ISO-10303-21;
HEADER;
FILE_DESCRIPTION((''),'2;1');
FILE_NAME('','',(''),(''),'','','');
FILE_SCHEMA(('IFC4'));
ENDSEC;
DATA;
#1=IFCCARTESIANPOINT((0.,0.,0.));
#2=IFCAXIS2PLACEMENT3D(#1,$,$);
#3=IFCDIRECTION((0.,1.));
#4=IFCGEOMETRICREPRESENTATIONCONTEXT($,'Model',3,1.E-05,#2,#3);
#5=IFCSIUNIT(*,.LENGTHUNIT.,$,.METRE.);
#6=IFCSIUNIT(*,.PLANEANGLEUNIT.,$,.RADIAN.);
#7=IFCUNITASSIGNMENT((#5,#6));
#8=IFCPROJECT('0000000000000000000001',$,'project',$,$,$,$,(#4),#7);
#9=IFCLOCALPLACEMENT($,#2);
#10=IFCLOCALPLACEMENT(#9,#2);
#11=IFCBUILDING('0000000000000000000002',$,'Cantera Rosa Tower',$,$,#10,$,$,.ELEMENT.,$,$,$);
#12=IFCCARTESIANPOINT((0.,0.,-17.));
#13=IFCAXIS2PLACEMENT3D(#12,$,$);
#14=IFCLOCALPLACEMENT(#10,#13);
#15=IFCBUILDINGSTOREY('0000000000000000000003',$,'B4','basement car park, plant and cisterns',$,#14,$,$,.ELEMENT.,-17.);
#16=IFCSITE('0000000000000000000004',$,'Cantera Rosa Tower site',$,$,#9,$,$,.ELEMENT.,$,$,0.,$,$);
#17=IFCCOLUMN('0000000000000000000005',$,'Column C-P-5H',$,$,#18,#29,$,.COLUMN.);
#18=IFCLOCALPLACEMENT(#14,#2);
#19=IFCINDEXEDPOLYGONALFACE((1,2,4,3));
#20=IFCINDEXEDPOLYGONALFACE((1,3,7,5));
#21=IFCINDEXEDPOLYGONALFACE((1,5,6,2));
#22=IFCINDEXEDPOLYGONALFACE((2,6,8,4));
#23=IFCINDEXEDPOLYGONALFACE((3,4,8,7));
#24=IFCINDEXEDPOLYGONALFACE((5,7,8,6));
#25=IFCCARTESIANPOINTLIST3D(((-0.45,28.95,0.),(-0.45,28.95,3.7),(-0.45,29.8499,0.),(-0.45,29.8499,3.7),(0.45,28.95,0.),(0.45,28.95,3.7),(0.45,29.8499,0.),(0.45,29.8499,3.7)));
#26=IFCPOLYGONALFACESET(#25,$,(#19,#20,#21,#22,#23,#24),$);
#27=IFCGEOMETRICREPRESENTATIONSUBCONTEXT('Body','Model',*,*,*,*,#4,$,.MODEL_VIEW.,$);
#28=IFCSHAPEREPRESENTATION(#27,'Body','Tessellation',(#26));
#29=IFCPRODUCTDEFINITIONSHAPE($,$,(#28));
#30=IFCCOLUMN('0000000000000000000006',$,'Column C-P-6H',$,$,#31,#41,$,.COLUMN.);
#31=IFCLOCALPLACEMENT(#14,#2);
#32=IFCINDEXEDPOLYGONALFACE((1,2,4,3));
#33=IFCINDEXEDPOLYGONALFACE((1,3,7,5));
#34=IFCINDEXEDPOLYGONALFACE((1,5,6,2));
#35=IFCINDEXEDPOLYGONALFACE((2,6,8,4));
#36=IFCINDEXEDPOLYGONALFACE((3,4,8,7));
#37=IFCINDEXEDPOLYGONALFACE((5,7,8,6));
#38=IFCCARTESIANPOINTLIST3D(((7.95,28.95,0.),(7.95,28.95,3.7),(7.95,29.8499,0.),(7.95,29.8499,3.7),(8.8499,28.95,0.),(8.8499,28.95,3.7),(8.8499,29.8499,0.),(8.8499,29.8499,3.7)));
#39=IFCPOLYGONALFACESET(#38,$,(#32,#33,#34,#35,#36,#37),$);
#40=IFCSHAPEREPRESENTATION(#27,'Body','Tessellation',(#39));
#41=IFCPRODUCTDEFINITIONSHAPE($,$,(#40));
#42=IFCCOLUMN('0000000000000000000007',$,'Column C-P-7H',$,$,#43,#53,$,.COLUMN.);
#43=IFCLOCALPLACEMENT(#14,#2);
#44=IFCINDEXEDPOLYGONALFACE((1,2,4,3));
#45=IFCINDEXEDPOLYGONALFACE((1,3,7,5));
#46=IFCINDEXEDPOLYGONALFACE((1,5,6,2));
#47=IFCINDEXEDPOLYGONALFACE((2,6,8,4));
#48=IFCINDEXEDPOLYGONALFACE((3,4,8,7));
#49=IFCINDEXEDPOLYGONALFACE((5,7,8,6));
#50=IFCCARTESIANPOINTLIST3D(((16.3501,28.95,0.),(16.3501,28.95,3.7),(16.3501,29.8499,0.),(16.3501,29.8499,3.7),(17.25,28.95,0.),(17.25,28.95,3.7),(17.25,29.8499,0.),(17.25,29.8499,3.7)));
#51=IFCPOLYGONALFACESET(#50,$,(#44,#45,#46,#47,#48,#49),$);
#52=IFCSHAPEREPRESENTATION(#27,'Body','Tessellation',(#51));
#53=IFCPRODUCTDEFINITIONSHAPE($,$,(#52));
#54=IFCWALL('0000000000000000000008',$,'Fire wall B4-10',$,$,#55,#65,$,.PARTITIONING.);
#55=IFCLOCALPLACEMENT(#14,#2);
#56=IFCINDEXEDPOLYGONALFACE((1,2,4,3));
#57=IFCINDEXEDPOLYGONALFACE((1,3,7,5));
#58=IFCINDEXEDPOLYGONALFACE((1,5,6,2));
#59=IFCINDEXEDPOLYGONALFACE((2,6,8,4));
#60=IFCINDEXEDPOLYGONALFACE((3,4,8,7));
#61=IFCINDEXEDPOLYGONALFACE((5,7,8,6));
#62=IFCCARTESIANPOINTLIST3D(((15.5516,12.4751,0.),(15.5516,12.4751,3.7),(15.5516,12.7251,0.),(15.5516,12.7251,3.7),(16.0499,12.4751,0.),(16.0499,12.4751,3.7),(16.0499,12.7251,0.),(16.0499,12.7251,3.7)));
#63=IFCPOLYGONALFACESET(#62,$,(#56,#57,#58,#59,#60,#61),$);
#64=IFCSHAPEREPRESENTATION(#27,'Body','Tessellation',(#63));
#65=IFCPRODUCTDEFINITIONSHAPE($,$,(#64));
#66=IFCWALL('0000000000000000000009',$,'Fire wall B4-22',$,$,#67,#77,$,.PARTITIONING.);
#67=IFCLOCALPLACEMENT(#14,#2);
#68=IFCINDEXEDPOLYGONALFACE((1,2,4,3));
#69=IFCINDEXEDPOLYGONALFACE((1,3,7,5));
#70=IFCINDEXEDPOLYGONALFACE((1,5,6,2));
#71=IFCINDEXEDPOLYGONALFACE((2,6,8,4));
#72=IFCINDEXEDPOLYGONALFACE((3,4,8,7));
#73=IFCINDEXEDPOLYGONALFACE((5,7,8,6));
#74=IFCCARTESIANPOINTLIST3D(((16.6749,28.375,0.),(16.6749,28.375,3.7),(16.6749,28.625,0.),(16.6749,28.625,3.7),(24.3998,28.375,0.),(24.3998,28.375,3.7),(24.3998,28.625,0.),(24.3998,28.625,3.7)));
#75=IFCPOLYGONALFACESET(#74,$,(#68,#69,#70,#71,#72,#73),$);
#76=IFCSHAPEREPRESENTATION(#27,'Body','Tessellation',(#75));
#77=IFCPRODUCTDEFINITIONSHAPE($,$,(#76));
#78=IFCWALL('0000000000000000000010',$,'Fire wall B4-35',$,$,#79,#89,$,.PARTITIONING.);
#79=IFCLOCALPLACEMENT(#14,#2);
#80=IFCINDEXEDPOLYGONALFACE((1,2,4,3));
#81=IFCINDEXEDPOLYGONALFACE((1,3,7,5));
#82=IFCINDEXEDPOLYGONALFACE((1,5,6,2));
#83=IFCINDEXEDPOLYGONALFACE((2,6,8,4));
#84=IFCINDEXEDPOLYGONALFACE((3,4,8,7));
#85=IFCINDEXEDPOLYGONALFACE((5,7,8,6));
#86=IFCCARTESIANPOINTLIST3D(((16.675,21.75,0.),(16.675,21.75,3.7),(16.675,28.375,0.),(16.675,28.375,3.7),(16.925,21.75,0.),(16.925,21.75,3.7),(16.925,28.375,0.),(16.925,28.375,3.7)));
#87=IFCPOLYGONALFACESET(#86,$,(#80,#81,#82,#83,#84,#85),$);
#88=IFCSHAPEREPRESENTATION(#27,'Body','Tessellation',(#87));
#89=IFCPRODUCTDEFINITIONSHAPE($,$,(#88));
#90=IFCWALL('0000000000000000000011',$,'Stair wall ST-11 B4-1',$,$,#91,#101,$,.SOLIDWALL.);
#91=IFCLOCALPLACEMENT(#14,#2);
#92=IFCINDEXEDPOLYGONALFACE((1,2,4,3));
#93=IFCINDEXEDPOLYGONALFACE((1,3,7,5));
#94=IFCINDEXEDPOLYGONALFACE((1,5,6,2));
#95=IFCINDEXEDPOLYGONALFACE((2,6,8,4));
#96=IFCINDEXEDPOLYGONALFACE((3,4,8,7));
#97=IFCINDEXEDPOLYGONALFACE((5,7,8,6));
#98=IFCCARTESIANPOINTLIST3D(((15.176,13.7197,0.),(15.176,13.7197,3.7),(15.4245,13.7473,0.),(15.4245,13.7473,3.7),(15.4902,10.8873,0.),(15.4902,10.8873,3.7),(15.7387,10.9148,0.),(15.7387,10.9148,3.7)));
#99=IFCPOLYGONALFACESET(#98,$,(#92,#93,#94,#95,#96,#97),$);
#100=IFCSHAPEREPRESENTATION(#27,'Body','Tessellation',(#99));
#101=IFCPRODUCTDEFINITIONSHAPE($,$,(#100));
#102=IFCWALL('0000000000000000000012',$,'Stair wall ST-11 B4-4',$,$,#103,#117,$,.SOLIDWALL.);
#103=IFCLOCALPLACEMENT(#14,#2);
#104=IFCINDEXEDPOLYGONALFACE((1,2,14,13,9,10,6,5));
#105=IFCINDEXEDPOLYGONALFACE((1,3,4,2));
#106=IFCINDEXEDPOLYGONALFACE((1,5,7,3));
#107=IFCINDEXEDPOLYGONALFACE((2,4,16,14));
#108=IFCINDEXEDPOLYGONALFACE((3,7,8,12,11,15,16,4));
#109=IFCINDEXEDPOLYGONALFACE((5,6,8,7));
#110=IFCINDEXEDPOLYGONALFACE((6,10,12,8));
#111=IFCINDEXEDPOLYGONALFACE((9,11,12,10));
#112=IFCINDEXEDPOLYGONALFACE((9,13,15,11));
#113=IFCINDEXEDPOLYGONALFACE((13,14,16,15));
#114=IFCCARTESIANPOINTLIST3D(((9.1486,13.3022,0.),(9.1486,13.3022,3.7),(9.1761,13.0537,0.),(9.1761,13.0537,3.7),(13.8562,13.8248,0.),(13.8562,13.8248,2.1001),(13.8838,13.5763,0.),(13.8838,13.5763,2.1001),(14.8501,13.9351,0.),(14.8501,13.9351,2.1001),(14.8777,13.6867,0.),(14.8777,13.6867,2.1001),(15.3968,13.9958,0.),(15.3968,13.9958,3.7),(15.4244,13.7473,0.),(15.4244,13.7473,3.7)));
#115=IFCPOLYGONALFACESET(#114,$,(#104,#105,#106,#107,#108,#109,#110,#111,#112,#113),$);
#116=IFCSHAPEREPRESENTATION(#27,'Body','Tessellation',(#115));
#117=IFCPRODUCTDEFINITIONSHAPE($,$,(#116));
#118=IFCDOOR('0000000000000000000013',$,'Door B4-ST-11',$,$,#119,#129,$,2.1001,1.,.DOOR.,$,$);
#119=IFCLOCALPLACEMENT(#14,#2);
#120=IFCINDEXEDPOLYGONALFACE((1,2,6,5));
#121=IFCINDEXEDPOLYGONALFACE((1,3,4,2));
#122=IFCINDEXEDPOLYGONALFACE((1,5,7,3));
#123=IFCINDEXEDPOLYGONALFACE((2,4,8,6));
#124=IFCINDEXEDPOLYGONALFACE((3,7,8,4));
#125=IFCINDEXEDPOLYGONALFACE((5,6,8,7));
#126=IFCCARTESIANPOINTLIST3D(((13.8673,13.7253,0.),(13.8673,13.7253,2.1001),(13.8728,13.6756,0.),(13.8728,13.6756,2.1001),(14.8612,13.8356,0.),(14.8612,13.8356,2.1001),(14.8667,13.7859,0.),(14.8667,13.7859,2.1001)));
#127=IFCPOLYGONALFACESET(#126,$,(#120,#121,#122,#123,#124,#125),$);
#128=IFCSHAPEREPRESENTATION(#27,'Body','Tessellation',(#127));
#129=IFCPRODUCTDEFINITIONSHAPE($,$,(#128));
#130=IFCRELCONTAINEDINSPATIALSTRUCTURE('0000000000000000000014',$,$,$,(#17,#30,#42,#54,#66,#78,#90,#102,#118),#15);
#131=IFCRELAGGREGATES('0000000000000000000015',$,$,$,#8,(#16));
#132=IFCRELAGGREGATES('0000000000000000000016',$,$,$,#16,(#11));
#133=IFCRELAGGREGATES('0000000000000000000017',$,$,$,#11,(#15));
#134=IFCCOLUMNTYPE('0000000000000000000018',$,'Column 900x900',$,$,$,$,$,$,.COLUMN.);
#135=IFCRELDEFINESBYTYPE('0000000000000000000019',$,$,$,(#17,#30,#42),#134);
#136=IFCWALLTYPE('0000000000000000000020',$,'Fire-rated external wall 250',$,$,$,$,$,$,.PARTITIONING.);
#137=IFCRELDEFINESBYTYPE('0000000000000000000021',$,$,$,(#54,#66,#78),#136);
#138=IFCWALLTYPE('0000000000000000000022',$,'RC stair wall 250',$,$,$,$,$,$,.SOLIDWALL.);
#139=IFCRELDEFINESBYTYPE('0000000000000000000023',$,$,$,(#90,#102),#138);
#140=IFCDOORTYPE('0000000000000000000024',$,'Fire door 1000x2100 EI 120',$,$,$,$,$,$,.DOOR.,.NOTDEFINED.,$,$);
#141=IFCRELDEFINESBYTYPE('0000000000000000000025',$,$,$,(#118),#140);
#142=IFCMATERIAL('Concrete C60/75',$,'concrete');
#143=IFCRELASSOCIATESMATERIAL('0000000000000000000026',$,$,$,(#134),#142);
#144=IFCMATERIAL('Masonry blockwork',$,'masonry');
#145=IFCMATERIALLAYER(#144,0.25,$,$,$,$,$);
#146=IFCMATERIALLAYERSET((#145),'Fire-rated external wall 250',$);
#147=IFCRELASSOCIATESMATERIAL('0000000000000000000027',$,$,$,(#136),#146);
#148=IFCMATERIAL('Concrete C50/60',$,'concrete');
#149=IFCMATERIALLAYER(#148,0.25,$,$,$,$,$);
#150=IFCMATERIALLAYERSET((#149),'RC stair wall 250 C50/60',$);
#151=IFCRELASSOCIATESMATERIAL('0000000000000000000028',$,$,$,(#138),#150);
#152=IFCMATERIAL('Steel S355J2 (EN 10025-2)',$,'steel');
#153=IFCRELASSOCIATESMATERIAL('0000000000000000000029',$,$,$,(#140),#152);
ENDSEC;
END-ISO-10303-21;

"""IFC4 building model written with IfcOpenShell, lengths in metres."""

from ifc_helpers import new_model, si_unit, direction, frame, frame_2d, origin, origin_2d, place, context, subcontext, project, spatial, rectangle, extrude, material, layer, layer_set, material_profile, profile_set, type_object, element, fill, save


model = new_model("IFC4")

# Units and contexts
model_context = context("Model", 3, precision=1e-05, world=origin(), true_north=direction((0.0, 1.0)))
body_context = subcontext(model_context, "Body", "Model", "MODEL_VIEW")
ifc_project = project(units=[si_unit("LENGTHUNIT", "METRE"), si_unit("PLANEANGLEUNIT", "RADIAN")], contexts=[model_context])

# Site, building, storey
site_placement = place(None, origin())
site = spatial("IfcSite", under=ifc_project, at=site_placement, Name="Cantera Rosa Tower site", CompositionType="ELEMENT", RefElevation=0.0)
building_placement = place(site_placement, origin())
building = spatial("IfcBuilding", under=site, at=building_placement, Name="Cantera Rosa Tower", CompositionType="ELEMENT")
storey_placement = place(building_placement, frame((0.0, 0.0, -17.0)))
storey = spatial("IfcBuildingStorey", under=building, at=storey_placement, Name="B4", Description="basement car park, plant and cisterns", CompositionType="ELEMENT", Elevation=-17.0)

# Columns
ifc_material_1 = material(Name="Concrete C60/75", Category="concrete")
ifc_material_profile_1 = material_profile(ifc_material_1, rectangle(XDim=0.8999, YDim=0.8999, at=origin_2d()), Name="Column 900x900")
ifc_profile_set_1 = profile_set([ifc_material_profile_1], Name="Concrete C60/75")
column_type_1 = type_object("IfcColumnType", Name="Column 900x900", PredefinedType="COLUMN", material=ifc_profile_set_1)
for number, where, z_axis, x_axis, name in (
    (1, (0.0, 29.3999, 0.0), (0.0, 0.0, 1.0), (1.0, 0.0, 0.0), "Column C-P-5H"),
    (2, (8.3999, 29.3999, 0.0), (0.0, 0.0, 1.0), (1.0, 0.0, 0.0), "Column C-P-6H"),
    (3, (16.8, 29.3999, 0.0), (0.0, 0.0, 1.0), (1.0, 0.0, 0.0), "Column C-P-7H"),
):
    element("IfcColumn", number, at=place(storey_placement, frame(where, z_axis=z_axis, x_axis=x_axis)), inside=storey, type_object=column_type_1, Name=name, PredefinedType="COLUMN", context=body_context, shape_type="SweptSolid", body=[
        extrude(rectangle(XDim=0.8999, YDim=0.8999, at=origin_2d()), origin(), (0.0, 0.0, 1.0), 3.7),
    ])

# Walls
ifc_material_2 = material(Name="Masonry blockwork", Category="masonry")
ifc_layer_1 = layer(ifc_material_2, 0.25)
ifc_layer_set_1 = layer_set([ifc_layer_1], Name="Fire-rated external wall 250")
wall_type_1 = type_object("IfcWallType", Name="Fire-rated external wall 250", PredefinedType="PARTITIONING", material=ifc_layer_set_1)
wall_1_placement = place(storey_placement, frame((15.5518, 12.6001, 0.0), z_axis=(0.0, 0.0, 1.0), x_axis=(1.0, 0.0, 0.0)))
element("IfcWall", 4, at=wall_1_placement, inside=storey, type_object=wall_type_1, Name="Fire wall B4-10", PredefinedType="PARTITIONING", context=body_context, shape_type="SweptSolid", body=[
    extrude(rectangle(XDim=0.4983, YDim=0.25, at=frame_2d((0.249, 0.0))), origin(), (0.0, 0.0, 1.0), 3.7),
])
wall_2_placement = place(storey_placement, frame((16.675, 28.5, 0.0), z_axis=(0.0, 0.0, 1.0), x_axis=(1.0, 0.0, 0.0)))
element("IfcWall", 5, at=wall_2_placement, inside=storey, type_object=wall_type_1, Name="Fire wall B4-22", PredefinedType="PARTITIONING", context=body_context, shape_type="SweptSolid", body=[
    extrude(rectangle(XDim=7.7249, YDim=0.25, at=frame_2d((3.8623, 0.0))), origin(), (0.0, 0.0, 1.0), 3.7),
])
wall_3_placement = place(storey_placement, frame((16.8, 21.75, 0.0), z_axis=(0.0, 0.0, 1.0), x_axis=(0.0, 1.0, 0.0)))
element("IfcWall", 6, at=wall_3_placement, inside=storey, type_object=wall_type_1, Name="Fire wall B4-35", PredefinedType="PARTITIONING", context=body_context, shape_type="SweptSolid", body=[
    extrude(rectangle(XDim=6.625, YDim=0.25, at=frame_2d((3.3125, 0.0))), origin(), (0.0, 0.0, 1.0), 3.7),
])
ifc_material_3 = material(Name="Concrete C50/60", Category="concrete")
ifc_layer_2 = layer(ifc_material_3, 0.25)
ifc_layer_set_2 = layer_set([ifc_layer_2], Name="RC stair wall 250 C50/60")
wall_type_2 = type_object("IfcWallType", Name="RC stair wall 250", PredefinedType="SOLIDWALL", material=ifc_layer_set_2)
wall_4_placement = place(storey_placement, frame((15.3003, 13.7334, 0.0), z_axis=(0.0, 0.0, 1.0), x_axis=(0.110253, -0.993904, 0.0)))
element("IfcWall", 7, at=wall_4_placement, inside=storey, type_object=wall_type_2, Name="Stair wall ST-11 B4-1", PredefinedType="SOLIDWALL", context=body_context, shape_type="SweptSolid", body=[
    extrude(rectangle(XDim=2.8499, YDim=0.25, at=frame_2d((1.4248, 0.0))), origin(), (0.0, 0.0, 1.0), 3.7),
])

# Wall, opening, door
wall_5_placement = place(storey_placement, frame((9.1624, 13.178, 0.0), z_axis=(0.0, 0.0, 1.0), x_axis=(0.993895, 0.110329, 0.0)))
wall_5 = element("IfcWall", 8, at=wall_5_placement, inside=storey, type_object=wall_type_2, Name="Stair wall ST-11 B4-4", PredefinedType="SOLIDWALL", context=body_context, shape_type="SweptSolid", body=[
    extrude(rectangle(XDim=6.2866, YDim=0.25, at=frame_2d((3.1433, 0.0))), origin(), (0.0, 0.0, 1.0), 3.7),
])
opening_placement = place(wall_5_placement, frame((4.7366, 0.0, 0.0)))
opening = element("IfcOpeningElement", 9, at=opening_placement, cuts=wall_5, PredefinedType="OPENING", context=body_context, shape_type="SweptSolid", body=[
    extrude(rectangle(XDim=1.0, YDim=2.1001, at=frame_2d((0.5, 1.05))), frame((0.0, 0.135, 0.0), z_axis=(0.0, -1.0, 0.0), x_axis=(1.0, 0.0, 0.0)), (0.0, 0.0, 1.0), 0.27),
])
ifc_material_4 = material(Name="Steel S355J2 (EN 10025-2)", Category="steel")
door_type = type_object("IfcDoorType", Name="Fire door 1000x2100 EI 120", OperationType="NOTDEFINED", PredefinedType="DOOR", material=ifc_material_4)
door_placement = place(opening_placement, origin())
door = element("IfcDoor", 10, at=door_placement, inside=storey, type_object=door_type, Name="Door B4-ST-11", OverallHeight=2.1001, OverallWidth=1.0, PredefinedType="DOOR", context=body_context, shape_type="SweptSolid", body=[
    extrude(rectangle(XDim=1.0, YDim=2.1001, at=frame_2d((0.5, 1.05))), frame((0.0, 0.0249, 0.0), z_axis=(0.0, -1.0, 0.0), x_axis=(1.0, 0.0, 0.0)), (0.0, 0.0, 1.0), 0.05),
])
fill(opening, door)

save(model, "model.ifc")
